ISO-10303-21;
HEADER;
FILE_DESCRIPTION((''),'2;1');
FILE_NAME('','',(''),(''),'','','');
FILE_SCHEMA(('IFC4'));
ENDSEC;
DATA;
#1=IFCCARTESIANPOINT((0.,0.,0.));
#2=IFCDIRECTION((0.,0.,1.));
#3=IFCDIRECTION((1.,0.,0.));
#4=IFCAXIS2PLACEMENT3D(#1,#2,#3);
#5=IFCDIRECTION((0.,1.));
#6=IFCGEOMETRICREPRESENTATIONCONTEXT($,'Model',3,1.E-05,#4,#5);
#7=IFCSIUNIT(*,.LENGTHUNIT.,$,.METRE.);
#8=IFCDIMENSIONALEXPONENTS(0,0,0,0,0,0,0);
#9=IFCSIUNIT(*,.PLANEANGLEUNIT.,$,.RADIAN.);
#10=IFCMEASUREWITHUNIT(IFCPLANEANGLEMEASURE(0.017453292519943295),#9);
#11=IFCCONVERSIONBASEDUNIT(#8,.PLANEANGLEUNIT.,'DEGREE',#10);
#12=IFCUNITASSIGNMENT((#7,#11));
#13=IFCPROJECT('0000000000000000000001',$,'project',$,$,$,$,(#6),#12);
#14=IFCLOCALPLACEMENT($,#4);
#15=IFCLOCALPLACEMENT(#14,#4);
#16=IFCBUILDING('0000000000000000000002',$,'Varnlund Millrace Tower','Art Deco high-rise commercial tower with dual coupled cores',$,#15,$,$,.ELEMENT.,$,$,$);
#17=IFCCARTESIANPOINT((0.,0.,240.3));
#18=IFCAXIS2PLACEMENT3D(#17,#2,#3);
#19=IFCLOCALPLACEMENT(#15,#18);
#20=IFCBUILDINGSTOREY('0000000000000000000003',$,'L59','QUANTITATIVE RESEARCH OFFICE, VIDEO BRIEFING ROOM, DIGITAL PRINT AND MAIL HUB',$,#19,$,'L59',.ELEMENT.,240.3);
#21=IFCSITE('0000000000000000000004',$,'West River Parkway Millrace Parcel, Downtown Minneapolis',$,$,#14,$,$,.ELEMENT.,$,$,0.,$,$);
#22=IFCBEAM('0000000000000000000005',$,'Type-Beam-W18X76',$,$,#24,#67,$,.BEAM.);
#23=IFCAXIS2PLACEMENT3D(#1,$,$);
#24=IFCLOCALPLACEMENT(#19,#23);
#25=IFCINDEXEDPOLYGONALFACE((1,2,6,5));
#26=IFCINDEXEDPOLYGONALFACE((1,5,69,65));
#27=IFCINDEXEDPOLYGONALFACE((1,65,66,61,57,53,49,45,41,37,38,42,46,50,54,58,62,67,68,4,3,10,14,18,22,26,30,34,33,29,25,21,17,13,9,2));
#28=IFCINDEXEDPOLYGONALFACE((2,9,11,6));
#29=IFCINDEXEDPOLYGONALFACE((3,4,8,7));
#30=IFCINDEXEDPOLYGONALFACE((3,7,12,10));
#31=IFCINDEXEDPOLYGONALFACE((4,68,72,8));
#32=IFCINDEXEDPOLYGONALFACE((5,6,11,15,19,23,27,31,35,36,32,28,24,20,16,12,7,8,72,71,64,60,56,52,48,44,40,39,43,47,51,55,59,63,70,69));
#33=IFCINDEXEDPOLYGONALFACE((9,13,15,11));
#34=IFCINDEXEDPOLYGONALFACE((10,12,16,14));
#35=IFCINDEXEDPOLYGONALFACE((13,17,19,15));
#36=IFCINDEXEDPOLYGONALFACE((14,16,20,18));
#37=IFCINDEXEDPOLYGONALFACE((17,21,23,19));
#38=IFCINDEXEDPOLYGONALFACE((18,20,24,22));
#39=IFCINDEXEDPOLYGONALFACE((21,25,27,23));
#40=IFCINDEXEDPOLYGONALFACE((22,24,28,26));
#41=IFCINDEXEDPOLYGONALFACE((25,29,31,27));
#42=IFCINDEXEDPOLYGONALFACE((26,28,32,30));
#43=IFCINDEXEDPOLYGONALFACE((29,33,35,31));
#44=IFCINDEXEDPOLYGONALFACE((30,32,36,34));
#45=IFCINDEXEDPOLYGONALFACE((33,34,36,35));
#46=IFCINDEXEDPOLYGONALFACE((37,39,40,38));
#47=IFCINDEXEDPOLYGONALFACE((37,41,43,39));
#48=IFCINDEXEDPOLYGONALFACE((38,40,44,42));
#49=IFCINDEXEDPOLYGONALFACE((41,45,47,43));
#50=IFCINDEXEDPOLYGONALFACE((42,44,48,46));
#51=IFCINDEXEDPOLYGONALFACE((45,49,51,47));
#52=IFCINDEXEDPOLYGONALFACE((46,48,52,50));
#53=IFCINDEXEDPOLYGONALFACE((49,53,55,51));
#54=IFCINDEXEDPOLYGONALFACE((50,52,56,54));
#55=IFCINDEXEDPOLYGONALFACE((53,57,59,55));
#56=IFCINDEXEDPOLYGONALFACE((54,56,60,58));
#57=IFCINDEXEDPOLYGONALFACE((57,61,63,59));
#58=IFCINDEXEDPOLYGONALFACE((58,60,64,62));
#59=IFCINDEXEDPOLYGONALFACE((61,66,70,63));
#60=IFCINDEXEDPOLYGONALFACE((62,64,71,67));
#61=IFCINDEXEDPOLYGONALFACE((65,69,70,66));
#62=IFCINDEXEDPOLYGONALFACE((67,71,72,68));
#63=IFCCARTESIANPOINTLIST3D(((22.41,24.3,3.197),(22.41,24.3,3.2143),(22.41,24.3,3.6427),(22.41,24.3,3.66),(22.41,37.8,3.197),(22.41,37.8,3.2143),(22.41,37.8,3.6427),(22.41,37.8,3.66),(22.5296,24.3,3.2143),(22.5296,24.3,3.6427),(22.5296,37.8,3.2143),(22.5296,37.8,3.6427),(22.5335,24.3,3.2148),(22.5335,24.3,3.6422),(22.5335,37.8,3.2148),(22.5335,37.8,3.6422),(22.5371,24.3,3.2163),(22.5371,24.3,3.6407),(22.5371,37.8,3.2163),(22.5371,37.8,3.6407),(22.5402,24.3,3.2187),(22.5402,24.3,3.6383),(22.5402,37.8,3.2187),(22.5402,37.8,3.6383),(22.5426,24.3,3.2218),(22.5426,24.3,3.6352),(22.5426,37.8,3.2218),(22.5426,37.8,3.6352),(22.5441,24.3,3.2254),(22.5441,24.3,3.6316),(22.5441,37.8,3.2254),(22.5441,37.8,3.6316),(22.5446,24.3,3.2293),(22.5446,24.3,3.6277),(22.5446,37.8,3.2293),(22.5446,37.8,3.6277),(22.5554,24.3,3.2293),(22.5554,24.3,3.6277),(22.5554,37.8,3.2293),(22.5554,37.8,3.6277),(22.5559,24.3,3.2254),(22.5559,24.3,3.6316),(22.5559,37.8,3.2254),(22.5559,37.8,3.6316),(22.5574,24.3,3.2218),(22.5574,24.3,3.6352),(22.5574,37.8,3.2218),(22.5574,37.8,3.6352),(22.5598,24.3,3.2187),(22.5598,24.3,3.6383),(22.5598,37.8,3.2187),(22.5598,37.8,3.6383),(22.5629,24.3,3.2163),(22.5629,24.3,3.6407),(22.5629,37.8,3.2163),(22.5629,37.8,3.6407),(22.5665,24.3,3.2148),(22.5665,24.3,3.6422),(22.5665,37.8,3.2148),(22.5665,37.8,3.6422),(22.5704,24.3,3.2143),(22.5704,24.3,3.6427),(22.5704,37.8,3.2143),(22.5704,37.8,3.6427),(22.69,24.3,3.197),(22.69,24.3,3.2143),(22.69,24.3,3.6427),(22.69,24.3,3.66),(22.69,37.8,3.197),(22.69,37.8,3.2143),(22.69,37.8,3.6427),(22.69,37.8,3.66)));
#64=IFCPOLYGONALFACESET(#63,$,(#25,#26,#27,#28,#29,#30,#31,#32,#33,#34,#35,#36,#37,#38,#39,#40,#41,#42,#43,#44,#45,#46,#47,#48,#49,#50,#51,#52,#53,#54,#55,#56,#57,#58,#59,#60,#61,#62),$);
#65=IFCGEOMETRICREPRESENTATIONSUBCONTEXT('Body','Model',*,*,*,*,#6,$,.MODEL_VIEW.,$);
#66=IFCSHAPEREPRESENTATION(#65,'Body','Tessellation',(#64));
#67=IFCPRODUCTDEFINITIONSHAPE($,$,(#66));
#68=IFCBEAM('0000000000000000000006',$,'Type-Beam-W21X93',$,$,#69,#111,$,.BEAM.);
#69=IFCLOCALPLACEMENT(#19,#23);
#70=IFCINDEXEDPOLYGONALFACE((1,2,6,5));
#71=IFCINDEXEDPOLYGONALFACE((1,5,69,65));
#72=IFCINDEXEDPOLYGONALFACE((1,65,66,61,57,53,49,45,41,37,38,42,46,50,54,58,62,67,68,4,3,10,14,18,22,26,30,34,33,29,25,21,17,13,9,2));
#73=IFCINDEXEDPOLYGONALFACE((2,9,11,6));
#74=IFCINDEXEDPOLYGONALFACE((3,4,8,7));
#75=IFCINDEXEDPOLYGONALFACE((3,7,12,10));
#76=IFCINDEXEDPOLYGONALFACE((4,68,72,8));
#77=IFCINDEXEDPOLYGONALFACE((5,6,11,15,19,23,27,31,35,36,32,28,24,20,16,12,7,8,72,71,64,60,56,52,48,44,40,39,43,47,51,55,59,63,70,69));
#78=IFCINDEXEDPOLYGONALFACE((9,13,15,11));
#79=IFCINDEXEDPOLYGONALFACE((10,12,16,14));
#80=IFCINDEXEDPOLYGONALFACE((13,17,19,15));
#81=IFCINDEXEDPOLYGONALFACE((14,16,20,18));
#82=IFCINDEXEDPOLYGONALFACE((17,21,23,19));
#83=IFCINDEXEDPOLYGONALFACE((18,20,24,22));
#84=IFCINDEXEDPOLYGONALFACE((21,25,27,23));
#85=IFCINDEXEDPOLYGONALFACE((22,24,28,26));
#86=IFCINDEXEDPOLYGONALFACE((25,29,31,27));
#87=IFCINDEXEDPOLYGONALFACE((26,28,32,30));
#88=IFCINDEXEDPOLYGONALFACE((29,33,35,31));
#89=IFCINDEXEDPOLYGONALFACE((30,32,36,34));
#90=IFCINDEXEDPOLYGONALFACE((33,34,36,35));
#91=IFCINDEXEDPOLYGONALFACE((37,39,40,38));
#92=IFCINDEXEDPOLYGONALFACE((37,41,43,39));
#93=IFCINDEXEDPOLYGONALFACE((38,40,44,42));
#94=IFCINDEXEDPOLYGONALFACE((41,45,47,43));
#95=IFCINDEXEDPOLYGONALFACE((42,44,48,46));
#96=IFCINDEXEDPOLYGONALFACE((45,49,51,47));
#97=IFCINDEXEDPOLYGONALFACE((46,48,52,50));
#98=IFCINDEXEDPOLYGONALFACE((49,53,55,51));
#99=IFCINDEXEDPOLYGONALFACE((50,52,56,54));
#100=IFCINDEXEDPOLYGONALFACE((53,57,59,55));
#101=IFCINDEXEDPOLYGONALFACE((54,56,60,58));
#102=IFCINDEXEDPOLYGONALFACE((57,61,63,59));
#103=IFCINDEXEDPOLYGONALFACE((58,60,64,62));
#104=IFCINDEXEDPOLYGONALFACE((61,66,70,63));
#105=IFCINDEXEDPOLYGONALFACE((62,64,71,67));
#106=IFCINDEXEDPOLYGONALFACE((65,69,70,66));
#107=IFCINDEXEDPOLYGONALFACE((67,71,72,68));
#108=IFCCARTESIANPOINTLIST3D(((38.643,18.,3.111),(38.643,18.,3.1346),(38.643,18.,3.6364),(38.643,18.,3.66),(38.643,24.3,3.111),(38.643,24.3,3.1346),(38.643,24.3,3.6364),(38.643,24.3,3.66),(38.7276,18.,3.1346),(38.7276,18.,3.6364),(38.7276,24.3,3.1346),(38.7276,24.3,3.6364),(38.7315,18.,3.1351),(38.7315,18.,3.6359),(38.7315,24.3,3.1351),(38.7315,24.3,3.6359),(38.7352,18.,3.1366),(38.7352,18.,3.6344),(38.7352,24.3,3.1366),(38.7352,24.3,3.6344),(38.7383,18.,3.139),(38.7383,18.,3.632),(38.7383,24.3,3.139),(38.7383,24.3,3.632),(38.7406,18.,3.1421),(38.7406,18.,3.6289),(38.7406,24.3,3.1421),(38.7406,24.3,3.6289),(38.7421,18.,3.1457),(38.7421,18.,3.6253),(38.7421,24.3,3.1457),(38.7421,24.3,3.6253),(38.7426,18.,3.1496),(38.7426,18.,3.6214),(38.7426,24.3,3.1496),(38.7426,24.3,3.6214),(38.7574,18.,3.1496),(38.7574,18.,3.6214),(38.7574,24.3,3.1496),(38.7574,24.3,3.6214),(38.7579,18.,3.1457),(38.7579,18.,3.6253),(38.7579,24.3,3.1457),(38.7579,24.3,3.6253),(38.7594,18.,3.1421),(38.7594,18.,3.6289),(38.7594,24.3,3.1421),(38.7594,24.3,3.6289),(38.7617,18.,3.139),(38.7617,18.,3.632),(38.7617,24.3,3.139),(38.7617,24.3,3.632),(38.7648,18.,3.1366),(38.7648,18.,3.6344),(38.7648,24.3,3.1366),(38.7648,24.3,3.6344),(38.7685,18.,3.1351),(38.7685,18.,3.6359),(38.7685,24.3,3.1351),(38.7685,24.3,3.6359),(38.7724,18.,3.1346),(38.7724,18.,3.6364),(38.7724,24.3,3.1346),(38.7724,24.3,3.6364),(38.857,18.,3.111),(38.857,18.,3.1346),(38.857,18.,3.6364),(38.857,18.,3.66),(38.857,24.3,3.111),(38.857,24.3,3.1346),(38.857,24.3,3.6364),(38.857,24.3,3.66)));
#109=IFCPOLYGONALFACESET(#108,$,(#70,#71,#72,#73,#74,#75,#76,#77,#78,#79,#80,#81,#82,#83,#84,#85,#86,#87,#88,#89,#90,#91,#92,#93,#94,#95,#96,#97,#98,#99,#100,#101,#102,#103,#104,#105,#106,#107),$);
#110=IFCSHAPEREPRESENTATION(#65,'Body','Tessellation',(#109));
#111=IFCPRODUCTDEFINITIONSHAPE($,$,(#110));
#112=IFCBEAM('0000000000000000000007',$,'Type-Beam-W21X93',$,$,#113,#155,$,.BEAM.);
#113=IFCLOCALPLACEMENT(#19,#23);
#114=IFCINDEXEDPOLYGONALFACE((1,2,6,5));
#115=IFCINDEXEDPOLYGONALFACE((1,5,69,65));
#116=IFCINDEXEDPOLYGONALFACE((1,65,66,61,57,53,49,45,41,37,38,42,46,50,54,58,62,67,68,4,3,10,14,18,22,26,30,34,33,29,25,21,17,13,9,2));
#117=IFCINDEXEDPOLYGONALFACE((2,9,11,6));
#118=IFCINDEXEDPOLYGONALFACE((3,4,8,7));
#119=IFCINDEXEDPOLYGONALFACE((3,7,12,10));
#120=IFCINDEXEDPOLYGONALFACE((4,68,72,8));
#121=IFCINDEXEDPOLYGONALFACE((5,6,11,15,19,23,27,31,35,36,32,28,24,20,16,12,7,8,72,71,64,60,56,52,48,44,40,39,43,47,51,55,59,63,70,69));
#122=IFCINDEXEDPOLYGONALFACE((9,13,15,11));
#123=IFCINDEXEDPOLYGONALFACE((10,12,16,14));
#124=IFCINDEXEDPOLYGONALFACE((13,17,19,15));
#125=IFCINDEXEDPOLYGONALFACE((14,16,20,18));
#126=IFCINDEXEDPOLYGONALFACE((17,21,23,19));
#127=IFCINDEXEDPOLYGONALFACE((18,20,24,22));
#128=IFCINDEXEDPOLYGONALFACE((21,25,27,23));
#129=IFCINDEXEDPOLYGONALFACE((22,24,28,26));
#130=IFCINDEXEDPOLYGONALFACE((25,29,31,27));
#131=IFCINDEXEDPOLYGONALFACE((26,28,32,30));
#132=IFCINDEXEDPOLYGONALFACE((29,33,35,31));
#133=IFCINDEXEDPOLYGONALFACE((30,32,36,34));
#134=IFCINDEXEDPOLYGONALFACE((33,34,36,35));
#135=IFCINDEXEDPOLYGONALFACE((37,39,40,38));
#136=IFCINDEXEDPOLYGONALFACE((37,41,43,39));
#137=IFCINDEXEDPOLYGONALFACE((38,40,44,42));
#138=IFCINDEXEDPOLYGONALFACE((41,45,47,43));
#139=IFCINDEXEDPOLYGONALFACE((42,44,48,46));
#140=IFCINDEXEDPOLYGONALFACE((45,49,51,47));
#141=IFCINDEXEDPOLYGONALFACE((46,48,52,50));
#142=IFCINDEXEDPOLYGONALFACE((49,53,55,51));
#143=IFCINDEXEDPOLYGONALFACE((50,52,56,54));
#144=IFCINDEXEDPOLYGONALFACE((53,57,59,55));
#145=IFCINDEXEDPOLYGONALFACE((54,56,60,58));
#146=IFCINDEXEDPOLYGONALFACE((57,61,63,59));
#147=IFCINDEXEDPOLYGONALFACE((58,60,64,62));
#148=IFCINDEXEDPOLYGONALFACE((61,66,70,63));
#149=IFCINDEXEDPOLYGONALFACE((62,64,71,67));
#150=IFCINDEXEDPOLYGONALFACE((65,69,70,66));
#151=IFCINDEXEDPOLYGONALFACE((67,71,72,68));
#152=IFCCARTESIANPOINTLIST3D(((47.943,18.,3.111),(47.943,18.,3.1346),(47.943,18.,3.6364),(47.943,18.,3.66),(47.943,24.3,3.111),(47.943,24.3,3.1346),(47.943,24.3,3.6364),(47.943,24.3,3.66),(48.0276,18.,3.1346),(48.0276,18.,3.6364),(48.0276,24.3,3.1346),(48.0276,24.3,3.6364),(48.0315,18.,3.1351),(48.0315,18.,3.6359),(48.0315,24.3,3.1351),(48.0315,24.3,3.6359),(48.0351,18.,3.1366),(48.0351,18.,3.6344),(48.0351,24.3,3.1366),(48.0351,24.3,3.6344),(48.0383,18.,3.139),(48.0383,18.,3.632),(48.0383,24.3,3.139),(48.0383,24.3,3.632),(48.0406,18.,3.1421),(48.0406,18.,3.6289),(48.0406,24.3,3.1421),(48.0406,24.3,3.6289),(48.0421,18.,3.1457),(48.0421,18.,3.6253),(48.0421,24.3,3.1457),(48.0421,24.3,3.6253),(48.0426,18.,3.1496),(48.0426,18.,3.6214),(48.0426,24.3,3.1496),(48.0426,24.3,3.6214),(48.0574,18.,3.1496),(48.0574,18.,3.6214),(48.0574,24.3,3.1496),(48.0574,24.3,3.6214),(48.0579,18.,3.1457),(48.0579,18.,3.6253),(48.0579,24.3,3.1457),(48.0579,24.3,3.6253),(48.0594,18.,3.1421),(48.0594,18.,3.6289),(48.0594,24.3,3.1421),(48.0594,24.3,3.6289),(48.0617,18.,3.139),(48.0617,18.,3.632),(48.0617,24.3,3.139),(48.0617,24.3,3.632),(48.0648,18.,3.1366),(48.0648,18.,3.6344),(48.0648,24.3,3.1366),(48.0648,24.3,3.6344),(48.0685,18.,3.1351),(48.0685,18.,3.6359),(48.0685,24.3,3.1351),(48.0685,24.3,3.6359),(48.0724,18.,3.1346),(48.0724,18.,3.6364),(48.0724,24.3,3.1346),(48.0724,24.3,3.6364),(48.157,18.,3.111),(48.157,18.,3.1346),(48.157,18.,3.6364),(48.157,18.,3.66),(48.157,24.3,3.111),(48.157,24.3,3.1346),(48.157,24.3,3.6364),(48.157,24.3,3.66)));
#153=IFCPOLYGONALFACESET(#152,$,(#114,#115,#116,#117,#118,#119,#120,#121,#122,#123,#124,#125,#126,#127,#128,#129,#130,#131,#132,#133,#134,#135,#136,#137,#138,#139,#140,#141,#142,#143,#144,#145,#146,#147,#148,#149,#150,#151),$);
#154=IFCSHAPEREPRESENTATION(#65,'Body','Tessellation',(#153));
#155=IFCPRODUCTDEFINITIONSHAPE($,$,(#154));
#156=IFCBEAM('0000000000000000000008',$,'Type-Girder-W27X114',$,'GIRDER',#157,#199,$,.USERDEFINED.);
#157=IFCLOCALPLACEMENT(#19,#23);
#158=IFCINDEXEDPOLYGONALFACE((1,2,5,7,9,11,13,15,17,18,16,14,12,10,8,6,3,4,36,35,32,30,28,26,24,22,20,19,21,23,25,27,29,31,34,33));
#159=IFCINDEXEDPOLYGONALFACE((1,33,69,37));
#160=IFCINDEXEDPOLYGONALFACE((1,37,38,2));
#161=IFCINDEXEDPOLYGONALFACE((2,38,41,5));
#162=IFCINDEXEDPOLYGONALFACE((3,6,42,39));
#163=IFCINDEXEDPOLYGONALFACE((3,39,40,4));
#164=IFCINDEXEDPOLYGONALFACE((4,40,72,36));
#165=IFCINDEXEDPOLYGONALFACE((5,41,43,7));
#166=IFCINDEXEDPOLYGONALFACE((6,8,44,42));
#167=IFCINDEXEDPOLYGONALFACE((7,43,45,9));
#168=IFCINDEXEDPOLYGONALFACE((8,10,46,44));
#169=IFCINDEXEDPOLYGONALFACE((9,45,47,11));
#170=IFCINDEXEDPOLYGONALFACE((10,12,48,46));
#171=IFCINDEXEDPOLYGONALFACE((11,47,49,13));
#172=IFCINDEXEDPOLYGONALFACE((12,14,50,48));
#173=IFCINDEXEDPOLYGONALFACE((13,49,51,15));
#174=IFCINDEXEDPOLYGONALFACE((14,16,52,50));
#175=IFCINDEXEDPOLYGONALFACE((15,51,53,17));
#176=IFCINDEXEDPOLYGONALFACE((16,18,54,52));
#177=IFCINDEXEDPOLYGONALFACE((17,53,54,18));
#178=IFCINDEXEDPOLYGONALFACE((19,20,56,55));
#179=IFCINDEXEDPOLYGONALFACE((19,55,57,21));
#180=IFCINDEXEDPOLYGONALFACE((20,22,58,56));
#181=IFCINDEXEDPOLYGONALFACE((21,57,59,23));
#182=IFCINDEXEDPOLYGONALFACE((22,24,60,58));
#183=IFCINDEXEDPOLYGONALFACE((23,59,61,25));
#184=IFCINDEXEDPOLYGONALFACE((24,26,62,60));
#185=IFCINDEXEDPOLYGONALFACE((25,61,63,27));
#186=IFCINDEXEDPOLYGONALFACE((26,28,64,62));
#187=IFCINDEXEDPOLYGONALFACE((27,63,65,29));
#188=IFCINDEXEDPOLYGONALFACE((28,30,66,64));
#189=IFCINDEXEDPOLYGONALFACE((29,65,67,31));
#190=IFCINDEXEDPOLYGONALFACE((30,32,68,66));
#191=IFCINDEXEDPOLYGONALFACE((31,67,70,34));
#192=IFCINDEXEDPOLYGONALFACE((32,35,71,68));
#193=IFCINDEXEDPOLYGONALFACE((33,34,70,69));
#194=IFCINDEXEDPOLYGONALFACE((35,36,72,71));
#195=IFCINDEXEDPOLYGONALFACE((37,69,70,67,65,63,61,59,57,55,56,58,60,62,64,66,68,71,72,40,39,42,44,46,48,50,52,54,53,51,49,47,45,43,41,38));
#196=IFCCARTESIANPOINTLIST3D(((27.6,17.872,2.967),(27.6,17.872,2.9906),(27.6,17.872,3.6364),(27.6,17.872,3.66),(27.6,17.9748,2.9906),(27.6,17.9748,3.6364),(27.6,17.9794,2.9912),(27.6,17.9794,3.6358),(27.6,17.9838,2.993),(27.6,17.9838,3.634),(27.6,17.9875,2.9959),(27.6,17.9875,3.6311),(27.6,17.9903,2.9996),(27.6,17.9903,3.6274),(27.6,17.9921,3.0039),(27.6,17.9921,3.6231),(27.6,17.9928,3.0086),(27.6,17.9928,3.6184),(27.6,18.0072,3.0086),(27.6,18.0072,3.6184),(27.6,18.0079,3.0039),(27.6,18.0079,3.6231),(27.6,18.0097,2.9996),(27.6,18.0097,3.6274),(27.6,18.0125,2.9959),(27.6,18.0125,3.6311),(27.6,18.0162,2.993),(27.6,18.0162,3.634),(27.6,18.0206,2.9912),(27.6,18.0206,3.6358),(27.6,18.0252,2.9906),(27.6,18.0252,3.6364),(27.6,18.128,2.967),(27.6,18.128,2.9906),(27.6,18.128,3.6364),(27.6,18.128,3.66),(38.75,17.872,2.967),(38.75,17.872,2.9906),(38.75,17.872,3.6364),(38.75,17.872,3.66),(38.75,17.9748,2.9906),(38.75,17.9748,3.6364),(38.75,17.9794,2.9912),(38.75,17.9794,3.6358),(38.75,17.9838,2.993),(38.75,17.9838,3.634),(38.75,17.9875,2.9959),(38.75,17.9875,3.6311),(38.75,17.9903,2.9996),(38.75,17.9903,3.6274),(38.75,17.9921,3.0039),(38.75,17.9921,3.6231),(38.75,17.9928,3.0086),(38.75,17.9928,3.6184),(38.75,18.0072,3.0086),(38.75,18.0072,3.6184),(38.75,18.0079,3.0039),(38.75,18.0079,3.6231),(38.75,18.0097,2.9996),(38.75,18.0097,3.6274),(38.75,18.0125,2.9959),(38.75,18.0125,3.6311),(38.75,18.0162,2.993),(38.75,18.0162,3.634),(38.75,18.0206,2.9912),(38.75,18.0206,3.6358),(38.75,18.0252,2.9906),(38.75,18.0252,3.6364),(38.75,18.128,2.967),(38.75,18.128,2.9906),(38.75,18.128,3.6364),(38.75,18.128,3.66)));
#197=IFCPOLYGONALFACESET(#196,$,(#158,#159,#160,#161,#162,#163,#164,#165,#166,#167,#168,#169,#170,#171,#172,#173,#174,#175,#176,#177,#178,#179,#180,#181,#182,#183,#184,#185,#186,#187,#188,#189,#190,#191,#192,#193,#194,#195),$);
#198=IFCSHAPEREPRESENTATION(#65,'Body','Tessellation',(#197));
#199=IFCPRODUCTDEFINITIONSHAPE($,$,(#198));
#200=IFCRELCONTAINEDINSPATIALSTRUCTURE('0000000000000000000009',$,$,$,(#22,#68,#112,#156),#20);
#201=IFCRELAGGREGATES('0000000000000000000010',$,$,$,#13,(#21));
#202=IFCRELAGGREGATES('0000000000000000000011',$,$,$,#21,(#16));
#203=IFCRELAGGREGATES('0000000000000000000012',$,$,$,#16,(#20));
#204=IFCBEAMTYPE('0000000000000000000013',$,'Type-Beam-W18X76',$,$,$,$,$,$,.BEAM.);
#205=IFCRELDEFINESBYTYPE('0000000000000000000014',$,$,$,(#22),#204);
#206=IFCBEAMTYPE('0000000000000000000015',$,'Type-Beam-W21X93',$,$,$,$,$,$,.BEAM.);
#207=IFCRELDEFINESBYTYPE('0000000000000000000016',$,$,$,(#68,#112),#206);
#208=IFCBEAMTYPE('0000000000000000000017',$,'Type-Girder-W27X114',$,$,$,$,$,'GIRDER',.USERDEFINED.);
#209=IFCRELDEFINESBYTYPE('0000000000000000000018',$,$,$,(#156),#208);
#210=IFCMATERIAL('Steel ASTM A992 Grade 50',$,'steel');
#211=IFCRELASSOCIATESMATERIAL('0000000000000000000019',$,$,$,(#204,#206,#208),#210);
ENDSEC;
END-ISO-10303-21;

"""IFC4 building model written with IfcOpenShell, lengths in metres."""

from ifc_helpers import new_model, entity, si_unit, converted_unit, direction, frame, origin_with_axes, origin_2d_with_axis, place, context, subcontext, project, spatial, i_section, extrude, material, material_profile, profile_set, type_object, element, save


model = new_model("IFC4")

# Units and contexts
model_context = context("Model", 3, precision=1e-05, world=origin_with_axes(), true_north=direction((0.0, 1.0)))
body_context = subcontext(model_context, "Body", "Model", "MODEL_VIEW")
ifc_project = project(units=[si_unit("LENGTHUNIT", "METRE"), converted_unit("PLANEANGLEUNIT", "DEGREE", entity("IfcPlaneAngleMeasure", 0.017453292519943295), si_unit("PLANEANGLEUNIT", "RADIAN"), dimensions=[0, 0, 0, 0, 0, 0, 0])], contexts=[model_context])

# Site, building, storey
site_placement = place(None, origin_with_axes())
site = spatial("IfcSite", under=ifc_project, at=site_placement, Name="West River Parkway Millrace Parcel, Downtown Minneapolis", CompositionType="ELEMENT", RefElevation=0.0)
building_placement = place(site_placement, origin_with_axes())
building = spatial("IfcBuilding", under=site, at=building_placement, Name="Varnlund Millrace Tower", Description="Art Deco high-rise commercial tower with dual coupled cores", CompositionType="ELEMENT")
storey_placement = place(building_placement, frame((0.0, 0.0, 240.3), z_axis=(0.0, 0.0, 1.0), x_axis=(1.0, 0.0, 0.0)))
storey = spatial("IfcBuildingStorey", under=building, at=storey_placement, Name="L59", Description="QUANTITATIVE RESEARCH OFFICE, VIDEO BRIEFING ROOM, DIGITAL PRINT AND MAIL HUB", LongName="L59", CompositionType="ELEMENT", Elevation=240.3)

# Beams
ifc_material_1 = material(Name="Steel ASTM A992 Grade 50", Category="steel")
ifc_material_profile_1 = material_profile(ifc_material_1, i_section(OverallWidth=0.28, OverallDepth=0.463, WebThickness=0.0108, FlangeThickness=0.0173, FilletRadius=0.015, at=origin_2d_with_axis()), Name="Steel ASTM A992 Grade 50")
ifc_profile_set_1 = profile_set([ifc_material_profile_1], Name="Steel ASTM A992 Grade 50")
beam_type_1 = type_object("IfcBeamType", Name="Type-Beam-W18X76", PredefinedType="BEAM", material=ifc_profile_set_1)
beam_1_placement = place(storey_placement, frame((22.55, 24.3, 3.4285), z_axis=(0.0, 1.0, 0.0), x_axis=(-1.0, 0.0, 0.0)))
element("IfcBeam", 1, at=beam_1_placement, inside=storey, type_object=beam_type_1, Name="Type-Beam-W18X76", PredefinedType="BEAM", context=body_context, shape_type="SweptSolid", body=[
    extrude(i_section(OverallWidth=0.28, OverallDepth=0.463, WebThickness=0.0108, FlangeThickness=0.0173, FilletRadius=0.015, at=origin_2d_with_axis()), origin_with_axes(), (0.0, 0.0, 1.0), 13.5),
])
ifc_material_profile_2 = material_profile(ifc_material_1, i_section(OverallWidth=0.214, OverallDepth=0.549, WebThickness=0.0147, FlangeThickness=0.0236, FilletRadius=0.015, at=origin_2d_with_axis()), Name="Steel ASTM A992 Grade 50")
ifc_profile_set_2 = profile_set([ifc_material_profile_2], Name="Steel ASTM A992 Grade 50")
beam_type_2 = type_object("IfcBeamType", Name="Type-Beam-W21X93", PredefinedType="BEAM", material=ifc_profile_set_2)
for number, where, z_axis, x_axis, name in (
    (2, (38.75, 18.0, 3.3855), (0.0, 1.0, 0.0), (-1.0, 0.0, 0.0), "Type-Beam-W21X93"),
    (3, (48.05, 18.0, 3.3855), (0.0, 1.0, 0.0), (-1.0, 0.0, 0.0), "Type-Beam-W21X93"),
):
    element("IfcBeam", number, at=place(storey_placement, frame(where, z_axis=z_axis, x_axis=x_axis)), inside=storey, type_object=beam_type_2, Name=name, PredefinedType="BEAM", context=body_context, shape_type="SweptSolid", body=[
        extrude(i_section(OverallWidth=0.214, OverallDepth=0.549, WebThickness=0.0147, FlangeThickness=0.0236, FilletRadius=0.015, at=origin_2d_with_axis()), origin_with_axes(), (0.0, 0.0, 1.0), 6.3),
    ])
ifc_material_profile_3 = material_profile(ifc_material_1, i_section(OverallWidth=0.256, OverallDepth=0.693, WebThickness=0.0145, FlangeThickness=0.0236, FilletRadius=0.018, at=origin_2d_with_axis()), Name="Steel ASTM A992 Grade 50")
ifc_profile_set_3 = profile_set([ifc_material_profile_3], Name="Steel ASTM A992 Grade 50")
beam_type_3 = type_object("IfcBeamType", Name="Type-Girder-W27X114", ElementType="GIRDER", PredefinedType="USERDEFINED", material=ifc_profile_set_3)
beam_2_placement = place(storey_placement, frame((27.6, 18.0, 3.3135), z_axis=(1.0, 0.0, 0.0), x_axis=(0.0, 1.0, 0.0)))
element("IfcBeam", 4, at=beam_2_placement, inside=storey, type_object=beam_type_3, Name="Type-Girder-W27X114", ObjectType="GIRDER", PredefinedType="USERDEFINED", context=body_context, shape_type="SweptSolid", body=[
    extrude(i_section(OverallWidth=0.256, OverallDepth=0.693, WebThickness=0.0145, FlangeThickness=0.0236, FilletRadius=0.018, at=origin_2d_with_axis()), origin_with_axes(), (0.0, 0.0, 1.0), 11.15),
])

save(model, "model.ifc")
